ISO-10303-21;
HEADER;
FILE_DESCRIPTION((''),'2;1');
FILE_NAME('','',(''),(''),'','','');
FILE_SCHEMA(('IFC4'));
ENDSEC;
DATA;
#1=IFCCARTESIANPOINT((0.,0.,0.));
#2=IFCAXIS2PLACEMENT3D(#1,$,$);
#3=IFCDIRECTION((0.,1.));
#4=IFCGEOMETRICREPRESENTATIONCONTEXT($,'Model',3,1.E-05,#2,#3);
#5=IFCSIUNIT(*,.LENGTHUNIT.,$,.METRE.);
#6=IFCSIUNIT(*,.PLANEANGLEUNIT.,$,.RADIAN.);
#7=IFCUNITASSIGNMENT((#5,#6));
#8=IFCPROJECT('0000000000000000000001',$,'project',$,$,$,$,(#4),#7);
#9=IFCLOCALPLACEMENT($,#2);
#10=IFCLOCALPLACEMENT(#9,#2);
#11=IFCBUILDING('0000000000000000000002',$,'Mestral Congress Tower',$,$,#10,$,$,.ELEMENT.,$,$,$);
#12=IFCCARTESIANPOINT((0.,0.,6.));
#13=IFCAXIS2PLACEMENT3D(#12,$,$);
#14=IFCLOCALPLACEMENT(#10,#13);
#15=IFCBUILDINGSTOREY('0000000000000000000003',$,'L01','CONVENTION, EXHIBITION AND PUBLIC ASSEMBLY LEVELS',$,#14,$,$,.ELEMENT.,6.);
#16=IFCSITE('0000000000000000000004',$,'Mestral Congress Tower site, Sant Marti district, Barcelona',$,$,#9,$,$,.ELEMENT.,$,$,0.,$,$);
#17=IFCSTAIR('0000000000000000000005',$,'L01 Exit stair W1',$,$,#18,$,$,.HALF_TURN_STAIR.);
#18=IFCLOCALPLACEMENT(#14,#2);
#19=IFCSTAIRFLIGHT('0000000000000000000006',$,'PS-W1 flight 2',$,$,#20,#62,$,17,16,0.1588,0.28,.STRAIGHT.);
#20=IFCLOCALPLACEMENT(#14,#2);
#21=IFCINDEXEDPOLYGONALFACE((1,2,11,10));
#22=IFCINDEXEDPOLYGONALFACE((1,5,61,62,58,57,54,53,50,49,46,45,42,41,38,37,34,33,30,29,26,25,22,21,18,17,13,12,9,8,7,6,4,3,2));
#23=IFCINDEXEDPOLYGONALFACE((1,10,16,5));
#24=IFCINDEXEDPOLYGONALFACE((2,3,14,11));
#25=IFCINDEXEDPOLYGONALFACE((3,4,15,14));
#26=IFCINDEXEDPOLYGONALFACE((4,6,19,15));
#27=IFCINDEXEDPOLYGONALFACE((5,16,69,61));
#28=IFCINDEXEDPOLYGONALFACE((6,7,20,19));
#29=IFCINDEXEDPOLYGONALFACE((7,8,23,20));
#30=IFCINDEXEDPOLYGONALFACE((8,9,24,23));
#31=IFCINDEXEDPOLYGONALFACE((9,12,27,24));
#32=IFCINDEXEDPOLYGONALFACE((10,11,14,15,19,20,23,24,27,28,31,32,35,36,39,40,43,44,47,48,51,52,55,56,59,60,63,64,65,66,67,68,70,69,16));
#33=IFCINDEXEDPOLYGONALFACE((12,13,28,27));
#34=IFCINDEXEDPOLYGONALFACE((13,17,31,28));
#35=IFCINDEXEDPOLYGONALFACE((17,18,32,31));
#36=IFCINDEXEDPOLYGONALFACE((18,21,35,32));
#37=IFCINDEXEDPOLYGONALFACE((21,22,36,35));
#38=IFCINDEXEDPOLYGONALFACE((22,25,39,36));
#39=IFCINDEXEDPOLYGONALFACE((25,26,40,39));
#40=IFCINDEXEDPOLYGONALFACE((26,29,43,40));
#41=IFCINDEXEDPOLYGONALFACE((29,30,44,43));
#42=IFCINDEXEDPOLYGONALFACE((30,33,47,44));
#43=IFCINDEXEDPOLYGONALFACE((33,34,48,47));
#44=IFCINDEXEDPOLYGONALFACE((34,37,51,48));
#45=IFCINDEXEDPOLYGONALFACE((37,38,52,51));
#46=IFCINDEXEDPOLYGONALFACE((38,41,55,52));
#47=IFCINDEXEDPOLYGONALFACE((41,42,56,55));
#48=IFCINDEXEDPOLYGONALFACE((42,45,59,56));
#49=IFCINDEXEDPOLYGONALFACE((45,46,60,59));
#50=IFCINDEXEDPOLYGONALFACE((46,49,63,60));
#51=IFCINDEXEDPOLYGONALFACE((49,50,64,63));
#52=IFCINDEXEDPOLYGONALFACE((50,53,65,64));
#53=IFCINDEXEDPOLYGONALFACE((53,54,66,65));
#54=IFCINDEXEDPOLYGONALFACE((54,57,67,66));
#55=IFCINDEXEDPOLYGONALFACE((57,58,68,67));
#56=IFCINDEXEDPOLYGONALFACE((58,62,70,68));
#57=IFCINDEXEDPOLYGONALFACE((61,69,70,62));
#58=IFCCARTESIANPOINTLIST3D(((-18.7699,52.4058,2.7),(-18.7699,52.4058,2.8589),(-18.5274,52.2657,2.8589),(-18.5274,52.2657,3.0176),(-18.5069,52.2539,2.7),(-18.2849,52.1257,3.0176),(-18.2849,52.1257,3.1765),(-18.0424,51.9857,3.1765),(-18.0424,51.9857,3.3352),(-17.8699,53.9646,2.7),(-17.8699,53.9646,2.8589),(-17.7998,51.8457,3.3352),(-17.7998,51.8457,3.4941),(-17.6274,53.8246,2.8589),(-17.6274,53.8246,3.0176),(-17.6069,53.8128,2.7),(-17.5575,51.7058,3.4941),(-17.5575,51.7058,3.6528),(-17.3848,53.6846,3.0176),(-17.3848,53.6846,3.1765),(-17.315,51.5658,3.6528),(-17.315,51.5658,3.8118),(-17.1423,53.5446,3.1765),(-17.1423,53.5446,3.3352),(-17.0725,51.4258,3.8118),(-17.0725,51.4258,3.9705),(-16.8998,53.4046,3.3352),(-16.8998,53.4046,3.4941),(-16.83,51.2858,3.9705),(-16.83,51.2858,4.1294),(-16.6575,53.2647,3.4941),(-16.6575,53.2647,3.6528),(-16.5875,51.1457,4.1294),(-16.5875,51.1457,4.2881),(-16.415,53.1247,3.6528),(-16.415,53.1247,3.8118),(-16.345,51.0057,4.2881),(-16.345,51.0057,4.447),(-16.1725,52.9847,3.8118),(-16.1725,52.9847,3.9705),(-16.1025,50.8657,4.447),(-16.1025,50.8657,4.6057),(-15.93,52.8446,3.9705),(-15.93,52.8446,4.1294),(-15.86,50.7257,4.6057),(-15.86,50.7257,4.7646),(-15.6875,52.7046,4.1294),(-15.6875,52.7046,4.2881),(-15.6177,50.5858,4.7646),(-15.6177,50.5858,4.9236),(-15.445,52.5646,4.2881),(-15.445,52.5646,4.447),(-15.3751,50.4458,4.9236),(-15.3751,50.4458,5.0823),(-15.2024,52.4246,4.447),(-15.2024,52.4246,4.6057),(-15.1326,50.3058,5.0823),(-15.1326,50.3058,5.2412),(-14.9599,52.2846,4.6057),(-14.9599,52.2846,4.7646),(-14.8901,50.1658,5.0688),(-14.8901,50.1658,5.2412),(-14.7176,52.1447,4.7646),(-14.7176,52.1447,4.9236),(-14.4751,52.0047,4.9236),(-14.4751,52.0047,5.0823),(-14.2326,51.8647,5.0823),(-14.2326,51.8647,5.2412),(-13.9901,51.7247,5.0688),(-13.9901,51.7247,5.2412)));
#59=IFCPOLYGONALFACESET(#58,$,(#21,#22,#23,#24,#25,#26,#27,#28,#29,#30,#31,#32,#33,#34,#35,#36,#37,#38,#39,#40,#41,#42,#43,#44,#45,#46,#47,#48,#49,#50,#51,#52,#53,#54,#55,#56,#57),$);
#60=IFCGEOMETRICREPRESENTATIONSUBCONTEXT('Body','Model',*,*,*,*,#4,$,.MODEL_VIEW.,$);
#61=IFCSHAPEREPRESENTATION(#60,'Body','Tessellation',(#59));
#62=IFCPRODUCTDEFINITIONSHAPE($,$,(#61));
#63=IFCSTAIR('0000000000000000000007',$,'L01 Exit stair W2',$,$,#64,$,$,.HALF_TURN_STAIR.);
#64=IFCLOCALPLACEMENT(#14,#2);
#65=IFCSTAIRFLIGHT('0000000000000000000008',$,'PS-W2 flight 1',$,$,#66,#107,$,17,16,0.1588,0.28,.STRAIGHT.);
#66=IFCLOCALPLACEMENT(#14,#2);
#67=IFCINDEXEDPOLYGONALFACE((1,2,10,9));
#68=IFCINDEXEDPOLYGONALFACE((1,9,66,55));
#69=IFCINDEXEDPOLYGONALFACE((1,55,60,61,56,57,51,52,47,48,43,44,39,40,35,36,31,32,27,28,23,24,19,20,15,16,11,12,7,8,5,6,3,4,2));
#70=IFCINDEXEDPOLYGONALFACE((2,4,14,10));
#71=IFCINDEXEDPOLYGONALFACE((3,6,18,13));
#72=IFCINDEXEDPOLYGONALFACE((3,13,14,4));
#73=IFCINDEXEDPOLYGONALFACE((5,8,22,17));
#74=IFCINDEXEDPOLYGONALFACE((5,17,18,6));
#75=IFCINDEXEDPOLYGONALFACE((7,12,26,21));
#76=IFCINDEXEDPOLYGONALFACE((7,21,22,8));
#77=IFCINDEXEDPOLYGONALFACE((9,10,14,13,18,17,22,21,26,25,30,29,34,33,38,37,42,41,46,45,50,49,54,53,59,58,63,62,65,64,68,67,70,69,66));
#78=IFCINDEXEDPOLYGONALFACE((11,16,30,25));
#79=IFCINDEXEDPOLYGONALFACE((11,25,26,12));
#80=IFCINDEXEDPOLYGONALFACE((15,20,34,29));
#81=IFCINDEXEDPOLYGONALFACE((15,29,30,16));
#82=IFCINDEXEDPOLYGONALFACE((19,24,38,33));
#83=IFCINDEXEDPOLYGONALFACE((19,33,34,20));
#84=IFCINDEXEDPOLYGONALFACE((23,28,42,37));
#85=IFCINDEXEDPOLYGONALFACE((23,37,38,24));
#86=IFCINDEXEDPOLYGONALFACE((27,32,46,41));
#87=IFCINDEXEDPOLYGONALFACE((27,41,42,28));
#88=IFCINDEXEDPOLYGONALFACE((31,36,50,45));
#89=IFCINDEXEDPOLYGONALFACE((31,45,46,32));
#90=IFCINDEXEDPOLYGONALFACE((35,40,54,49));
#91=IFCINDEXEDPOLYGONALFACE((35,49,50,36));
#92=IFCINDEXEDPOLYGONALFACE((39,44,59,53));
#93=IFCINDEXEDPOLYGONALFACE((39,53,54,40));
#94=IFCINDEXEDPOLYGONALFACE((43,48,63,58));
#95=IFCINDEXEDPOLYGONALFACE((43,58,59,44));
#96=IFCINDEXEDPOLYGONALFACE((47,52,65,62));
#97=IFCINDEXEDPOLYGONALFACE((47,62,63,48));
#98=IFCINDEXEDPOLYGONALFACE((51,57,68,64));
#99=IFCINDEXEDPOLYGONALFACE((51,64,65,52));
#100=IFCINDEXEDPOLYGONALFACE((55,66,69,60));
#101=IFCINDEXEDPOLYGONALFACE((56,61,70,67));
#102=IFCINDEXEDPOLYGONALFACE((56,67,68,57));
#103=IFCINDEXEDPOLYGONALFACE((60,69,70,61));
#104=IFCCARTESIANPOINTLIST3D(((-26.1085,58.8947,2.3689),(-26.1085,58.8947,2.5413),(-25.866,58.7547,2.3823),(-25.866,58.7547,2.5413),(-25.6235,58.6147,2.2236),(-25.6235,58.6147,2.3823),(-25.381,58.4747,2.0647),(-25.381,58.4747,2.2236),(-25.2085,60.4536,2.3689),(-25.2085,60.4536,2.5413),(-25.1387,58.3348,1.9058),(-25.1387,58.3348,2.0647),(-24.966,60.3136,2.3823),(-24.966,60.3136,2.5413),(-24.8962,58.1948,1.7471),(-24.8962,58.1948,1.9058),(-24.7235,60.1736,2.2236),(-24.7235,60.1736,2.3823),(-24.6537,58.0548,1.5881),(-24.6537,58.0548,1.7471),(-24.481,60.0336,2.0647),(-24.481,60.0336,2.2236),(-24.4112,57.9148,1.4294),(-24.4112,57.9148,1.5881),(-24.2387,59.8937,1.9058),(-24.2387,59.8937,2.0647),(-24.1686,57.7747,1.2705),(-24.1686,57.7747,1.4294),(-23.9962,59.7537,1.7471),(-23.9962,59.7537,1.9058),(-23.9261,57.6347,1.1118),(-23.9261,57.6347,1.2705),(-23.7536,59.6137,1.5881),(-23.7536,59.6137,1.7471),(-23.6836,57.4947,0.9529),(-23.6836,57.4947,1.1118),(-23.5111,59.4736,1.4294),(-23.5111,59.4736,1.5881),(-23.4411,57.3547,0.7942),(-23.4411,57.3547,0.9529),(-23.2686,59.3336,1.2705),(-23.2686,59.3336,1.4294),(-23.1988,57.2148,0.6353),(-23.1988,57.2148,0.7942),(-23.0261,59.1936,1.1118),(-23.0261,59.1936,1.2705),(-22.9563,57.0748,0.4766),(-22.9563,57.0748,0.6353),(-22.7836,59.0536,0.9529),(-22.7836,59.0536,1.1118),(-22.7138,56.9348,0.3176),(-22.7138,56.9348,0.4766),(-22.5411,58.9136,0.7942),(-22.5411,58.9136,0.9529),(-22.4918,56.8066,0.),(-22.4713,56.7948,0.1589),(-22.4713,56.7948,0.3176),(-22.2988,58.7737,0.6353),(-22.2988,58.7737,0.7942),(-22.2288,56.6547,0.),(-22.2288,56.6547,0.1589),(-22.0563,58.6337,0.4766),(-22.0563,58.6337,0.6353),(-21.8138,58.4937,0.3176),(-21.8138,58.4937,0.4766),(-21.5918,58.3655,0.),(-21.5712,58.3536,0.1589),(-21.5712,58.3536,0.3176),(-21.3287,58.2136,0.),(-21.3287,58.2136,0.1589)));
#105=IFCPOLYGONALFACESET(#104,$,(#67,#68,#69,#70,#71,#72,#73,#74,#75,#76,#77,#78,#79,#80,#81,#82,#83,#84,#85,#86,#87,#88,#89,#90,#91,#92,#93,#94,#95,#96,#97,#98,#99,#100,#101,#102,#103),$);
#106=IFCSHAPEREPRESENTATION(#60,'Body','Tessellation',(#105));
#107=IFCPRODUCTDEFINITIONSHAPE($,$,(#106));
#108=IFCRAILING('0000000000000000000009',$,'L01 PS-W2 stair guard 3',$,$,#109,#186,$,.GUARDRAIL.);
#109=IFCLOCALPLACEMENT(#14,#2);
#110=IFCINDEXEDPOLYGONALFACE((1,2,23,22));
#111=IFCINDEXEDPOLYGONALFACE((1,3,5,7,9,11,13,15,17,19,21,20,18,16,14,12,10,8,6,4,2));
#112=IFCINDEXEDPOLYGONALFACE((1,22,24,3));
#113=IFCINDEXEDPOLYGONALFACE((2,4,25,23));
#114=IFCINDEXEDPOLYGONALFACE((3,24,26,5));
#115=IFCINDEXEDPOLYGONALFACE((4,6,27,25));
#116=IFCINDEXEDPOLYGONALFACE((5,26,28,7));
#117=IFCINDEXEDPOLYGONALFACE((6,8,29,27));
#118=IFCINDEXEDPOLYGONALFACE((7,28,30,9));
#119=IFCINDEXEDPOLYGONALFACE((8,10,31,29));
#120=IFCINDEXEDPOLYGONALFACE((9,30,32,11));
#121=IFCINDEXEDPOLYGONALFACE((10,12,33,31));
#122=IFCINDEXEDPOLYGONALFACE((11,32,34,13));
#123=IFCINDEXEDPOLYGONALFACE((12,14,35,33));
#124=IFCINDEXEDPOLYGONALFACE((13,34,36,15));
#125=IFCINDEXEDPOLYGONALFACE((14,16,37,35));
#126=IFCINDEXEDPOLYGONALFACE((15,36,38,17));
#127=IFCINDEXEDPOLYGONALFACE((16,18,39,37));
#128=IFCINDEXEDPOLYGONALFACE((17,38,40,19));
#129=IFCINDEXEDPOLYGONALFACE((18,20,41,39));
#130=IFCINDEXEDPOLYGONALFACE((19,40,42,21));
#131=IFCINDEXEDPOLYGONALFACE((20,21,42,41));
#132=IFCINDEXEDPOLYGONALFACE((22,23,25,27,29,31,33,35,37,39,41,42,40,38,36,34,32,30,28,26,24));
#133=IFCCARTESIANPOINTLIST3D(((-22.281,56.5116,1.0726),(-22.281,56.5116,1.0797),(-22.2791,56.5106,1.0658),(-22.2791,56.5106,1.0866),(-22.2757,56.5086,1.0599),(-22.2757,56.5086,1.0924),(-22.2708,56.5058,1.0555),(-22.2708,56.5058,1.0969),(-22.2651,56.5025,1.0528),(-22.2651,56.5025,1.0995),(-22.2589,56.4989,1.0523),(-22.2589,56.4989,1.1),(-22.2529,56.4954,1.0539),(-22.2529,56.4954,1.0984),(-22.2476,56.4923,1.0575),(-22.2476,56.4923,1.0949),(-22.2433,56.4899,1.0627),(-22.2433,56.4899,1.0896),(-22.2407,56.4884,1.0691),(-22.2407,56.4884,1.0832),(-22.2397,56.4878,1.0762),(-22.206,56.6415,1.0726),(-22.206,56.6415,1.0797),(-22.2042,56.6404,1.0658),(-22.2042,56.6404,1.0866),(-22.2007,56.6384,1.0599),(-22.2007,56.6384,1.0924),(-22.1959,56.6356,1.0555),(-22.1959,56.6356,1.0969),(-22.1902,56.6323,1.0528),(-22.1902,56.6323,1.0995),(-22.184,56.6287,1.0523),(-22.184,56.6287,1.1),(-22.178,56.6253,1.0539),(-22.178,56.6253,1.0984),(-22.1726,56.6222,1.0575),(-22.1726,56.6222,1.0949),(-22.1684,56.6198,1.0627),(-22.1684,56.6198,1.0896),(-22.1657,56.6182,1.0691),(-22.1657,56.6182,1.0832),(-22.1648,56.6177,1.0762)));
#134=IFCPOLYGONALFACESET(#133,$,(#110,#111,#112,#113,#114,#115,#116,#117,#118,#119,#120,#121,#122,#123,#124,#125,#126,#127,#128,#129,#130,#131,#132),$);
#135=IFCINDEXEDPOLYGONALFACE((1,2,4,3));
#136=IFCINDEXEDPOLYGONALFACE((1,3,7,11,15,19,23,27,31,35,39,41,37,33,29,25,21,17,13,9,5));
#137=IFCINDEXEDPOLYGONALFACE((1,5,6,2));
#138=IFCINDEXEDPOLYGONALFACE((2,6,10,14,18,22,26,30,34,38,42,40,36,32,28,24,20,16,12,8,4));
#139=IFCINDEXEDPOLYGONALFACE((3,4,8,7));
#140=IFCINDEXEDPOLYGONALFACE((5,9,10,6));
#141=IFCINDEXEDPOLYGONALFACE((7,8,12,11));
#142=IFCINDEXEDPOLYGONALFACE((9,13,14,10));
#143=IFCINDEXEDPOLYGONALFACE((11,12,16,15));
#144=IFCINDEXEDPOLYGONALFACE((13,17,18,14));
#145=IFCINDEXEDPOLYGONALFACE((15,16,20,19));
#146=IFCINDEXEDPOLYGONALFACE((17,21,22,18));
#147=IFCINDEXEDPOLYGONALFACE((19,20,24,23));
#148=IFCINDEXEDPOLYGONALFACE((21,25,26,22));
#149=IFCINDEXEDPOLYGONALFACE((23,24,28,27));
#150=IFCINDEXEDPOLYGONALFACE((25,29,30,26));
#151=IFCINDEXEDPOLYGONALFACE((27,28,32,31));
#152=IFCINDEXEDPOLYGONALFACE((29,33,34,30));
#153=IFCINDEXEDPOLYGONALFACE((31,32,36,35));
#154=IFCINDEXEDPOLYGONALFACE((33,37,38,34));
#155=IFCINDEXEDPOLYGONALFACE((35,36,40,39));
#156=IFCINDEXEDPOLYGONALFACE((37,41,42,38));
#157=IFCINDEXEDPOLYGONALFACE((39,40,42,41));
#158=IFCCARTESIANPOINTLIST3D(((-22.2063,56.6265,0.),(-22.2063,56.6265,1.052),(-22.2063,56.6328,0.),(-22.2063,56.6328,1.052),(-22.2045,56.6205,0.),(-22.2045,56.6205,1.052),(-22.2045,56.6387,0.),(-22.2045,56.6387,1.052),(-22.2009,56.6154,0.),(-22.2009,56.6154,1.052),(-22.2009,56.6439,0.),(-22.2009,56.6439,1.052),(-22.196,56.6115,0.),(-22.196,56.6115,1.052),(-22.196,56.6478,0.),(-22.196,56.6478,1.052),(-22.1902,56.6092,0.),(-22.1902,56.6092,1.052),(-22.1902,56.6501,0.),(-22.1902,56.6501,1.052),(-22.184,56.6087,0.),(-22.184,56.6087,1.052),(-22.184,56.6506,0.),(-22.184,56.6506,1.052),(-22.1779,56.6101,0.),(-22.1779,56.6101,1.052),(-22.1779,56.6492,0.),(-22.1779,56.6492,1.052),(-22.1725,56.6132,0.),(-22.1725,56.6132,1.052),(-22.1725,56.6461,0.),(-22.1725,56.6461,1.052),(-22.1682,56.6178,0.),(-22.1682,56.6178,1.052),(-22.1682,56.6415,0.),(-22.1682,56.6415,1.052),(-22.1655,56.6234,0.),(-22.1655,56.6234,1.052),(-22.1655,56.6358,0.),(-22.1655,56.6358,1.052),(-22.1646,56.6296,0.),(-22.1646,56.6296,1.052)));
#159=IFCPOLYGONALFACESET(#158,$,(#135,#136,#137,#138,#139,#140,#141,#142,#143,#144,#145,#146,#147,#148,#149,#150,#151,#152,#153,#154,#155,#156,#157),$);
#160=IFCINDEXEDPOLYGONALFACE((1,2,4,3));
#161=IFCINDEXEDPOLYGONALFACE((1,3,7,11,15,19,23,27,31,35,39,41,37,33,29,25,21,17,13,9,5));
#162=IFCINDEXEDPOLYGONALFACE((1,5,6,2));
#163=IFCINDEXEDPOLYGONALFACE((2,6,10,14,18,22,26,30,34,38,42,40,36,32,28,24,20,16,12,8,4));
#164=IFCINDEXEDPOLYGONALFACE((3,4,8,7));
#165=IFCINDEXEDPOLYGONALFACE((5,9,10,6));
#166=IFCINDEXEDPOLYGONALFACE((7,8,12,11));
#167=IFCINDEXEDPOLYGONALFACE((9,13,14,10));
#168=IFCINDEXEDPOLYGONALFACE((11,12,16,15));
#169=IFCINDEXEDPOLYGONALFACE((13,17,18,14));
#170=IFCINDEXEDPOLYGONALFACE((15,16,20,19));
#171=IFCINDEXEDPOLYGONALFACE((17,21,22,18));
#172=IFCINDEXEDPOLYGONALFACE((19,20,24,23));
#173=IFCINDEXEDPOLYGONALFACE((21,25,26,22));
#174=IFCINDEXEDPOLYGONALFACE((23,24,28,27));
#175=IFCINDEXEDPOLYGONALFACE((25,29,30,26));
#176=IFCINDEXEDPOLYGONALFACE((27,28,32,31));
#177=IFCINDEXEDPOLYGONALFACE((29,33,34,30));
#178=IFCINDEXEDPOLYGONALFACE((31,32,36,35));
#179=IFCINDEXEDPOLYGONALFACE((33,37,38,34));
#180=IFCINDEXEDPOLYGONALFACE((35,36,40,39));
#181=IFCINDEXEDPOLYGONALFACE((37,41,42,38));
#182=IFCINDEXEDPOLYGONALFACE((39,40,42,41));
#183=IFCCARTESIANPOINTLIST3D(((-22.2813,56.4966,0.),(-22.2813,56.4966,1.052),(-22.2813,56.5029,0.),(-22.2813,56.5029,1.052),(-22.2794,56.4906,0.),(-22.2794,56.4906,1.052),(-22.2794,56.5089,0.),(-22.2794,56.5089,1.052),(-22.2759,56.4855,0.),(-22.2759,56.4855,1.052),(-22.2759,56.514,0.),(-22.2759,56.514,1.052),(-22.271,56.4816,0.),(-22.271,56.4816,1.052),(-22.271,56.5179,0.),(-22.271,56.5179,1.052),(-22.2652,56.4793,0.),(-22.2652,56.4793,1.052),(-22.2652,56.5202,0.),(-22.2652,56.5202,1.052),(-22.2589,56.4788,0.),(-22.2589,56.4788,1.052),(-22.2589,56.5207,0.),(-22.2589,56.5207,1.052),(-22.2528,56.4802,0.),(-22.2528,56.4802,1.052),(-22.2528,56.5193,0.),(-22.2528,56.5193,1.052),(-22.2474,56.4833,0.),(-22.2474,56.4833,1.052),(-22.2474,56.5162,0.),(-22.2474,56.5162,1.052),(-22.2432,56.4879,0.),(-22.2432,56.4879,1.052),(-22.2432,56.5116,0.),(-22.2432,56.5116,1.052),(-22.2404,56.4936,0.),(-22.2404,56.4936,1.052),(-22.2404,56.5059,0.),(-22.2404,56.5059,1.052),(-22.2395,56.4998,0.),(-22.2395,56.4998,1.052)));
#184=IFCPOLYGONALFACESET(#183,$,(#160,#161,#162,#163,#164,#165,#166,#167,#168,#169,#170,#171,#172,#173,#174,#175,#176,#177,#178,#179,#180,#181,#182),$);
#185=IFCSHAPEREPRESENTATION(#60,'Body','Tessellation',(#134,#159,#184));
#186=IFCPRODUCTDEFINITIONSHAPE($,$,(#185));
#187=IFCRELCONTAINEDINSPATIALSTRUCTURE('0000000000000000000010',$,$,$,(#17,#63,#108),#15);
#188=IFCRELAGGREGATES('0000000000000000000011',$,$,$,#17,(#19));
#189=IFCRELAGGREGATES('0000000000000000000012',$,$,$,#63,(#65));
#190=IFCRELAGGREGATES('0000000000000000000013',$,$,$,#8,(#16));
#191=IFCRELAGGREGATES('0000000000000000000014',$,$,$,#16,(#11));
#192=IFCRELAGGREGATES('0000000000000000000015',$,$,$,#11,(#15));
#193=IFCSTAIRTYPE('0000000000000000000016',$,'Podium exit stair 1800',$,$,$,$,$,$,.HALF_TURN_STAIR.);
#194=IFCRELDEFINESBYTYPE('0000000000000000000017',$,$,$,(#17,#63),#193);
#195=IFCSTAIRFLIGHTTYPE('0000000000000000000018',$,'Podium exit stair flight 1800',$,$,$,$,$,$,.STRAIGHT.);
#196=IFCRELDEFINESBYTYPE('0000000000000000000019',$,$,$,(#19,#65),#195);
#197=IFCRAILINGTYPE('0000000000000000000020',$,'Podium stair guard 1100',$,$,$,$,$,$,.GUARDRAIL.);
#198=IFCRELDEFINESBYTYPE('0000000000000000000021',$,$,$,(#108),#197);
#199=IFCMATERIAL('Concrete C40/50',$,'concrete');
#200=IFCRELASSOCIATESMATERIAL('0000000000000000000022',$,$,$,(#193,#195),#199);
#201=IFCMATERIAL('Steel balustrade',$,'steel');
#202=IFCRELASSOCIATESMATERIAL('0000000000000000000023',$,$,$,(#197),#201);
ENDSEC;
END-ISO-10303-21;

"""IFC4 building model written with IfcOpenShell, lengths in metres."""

from ifc_helpers import new_model, si_unit, direction, frame, origin, origin_2d, place, context, subcontext, project, spatial, polyline, circle, outline, extrude, material, type_object, element, aggregate, save


model = new_model("IFC4")

# Units and contexts
model_context = context("Model", 3, precision=1e-05, world=origin(), true_north=direction((0.0, 1.0)))
body_context = subcontext(model_context, "Body", "Model", "MODEL_VIEW")
ifc_project = project(units=[si_unit("LENGTHUNIT", "METRE"), si_unit("PLANEANGLEUNIT", "RADIAN")], contexts=[model_context])

# Site, building, storey
site_placement = place(None, origin())
site = spatial("IfcSite", under=ifc_project, at=site_placement, Name="Mestral Congress Tower site, Sant Marti district, Barcelona", CompositionType="ELEMENT", RefElevation=0.0)
building_placement = place(site_placement, origin())
building = spatial("IfcBuilding", under=site, at=building_placement, Name="Mestral Congress Tower", CompositionType="ELEMENT")
storey_placement = place(building_placement, frame((0.0, 0.0, 6.0)))
storey = spatial("IfcBuildingStorey", under=building, at=storey_placement, Name="L01", Description="CONVENTION, EXHIBITION AND PUBLIC ASSEMBLY LEVELS", CompositionType="ELEMENT", Elevation=6.0)

# Stairs, stair flights
ifc_material_1 = material(Name="Concrete C40/50", Category="concrete")
stair_type = type_object("IfcStairType", Name="Podium exit stair 1800", PredefinedType="HALF_TURN_STAIR", material=ifc_material_1)
placement = place(storey_placement, origin())
stair_1 = element("IfcStair", 1, at=placement, inside=storey, type_object=stair_type, Name="L01 Exit stair W1", PredefinedType="HALF_TURN_STAIR")
stair_flight_type = type_object("IfcStairFlightType", Name="Podium exit stair flight 1800", PredefinedType="STRAIGHT", material=ifc_material_1)
stair_flight_1_placement = place(storey_placement, frame((-18.3198, 53.1853, 2.7), z_axis=(0.0, 0.0, 1.0), x_axis=(0.866025, -0.5, 0.0)))
stair_flight_1 = element("IfcStairFlight", 2, at=stair_flight_1_placement, type_object=stair_flight_type, Name="PS-W1 flight 2", NumberOfRisers=17, NumberOfTreads=16, PredefinedType="STRAIGHT", RiserHeight=0.1588, TreadLength=0.28, context=body_context, shape_type="SweptSolid", body=[
    extrude(outline(polyline([(0.0, 0.0), (0.0, 0.1589), (0.28, 0.1589), (0.28, 0.3176), (0.5601, 0.3176), (0.5601, 0.4766), (0.8401, 0.4766), (0.8401, 0.6353), (1.1201, 0.6353), (1.1201, 0.7942), (1.3999, 0.7942), (1.3999, 0.9529), (1.6799, 0.9529), (1.6799, 1.1118), (1.96, 1.1118), (1.96, 1.2705), (2.24, 1.2705), (2.24, 1.4294), (2.52, 1.4294), (2.52, 1.5881), (2.8, 1.5881), (2.8, 1.7471), (3.0801, 1.7471), (3.0801, 1.9058), (3.3601, 1.9058), (3.3601, 2.0647), (3.6399, 2.0647), (3.6399, 2.2236), (3.9199, 2.2236), (3.9199, 2.3823), (4.2, 2.3823), (4.2, 2.5413), (4.48, 2.5413), (4.48, 2.7), (4.48, 2.3689), (0.3037, 0.0), (0.0, 0.0)])), frame((0.0, 0.8999, 0.0), z_axis=(0.0, -1.0, 0.0), x_axis=(1.0, 0.0, 0.0)), (0.0, 0.0, 1.0), 1.8),
])
aggregate(stair_1, [stair_flight_1])
stair_2 = element("IfcStair", 3, at=placement, inside=storey, type_object=stair_type, Name="L01 Exit stair W2", PredefinedType="HALF_TURN_STAIR")
stair_flight_2_placement = place(storey_placement, frame((-21.7788, 57.4341, 0.0), z_axis=(0.0, 0.0, 1.0), x_axis=(-0.866025, 0.5, 0.0)))
stair_flight_2 = element("IfcStairFlight", 4, at=stair_flight_2_placement, type_object=stair_flight_type, Name="PS-W2 flight 1", NumberOfRisers=17, NumberOfTreads=16, PredefinedType="STRAIGHT", RiserHeight=0.1588, TreadLength=0.28, context=body_context, shape_type="SweptSolid", body=[
    extrude(outline(polyline([(0.0, 0.0), (0.0, 0.1589), (0.28, 0.1589), (0.28, 0.3176), (0.5601, 0.3176), (0.5601, 0.4766), (0.8401, 0.4766), (0.8401, 0.6353), (1.1201, 0.6353), (1.1201, 0.7942), (1.3999, 0.7942), (1.3999, 0.9529), (1.6799, 0.9529), (1.6799, 1.1118), (1.96, 1.1118), (1.96, 1.2705), (2.24, 1.2705), (2.24, 1.4294), (2.52, 1.4294), (2.52, 1.5881), (2.8, 1.5881), (2.8, 1.7471), (3.0801, 1.7471), (3.0801, 1.9058), (3.3601, 1.9058), (3.3601, 2.0647), (3.6399, 2.0647), (3.6399, 2.2236), (3.9199, 2.2236), (3.9199, 2.3823), (4.2, 2.3823), (4.2, 2.5413), (4.48, 2.5413), (4.48, 2.7), (4.48, 2.3689), (0.3037, 0.0), (0.0, 0.0)])), frame((0.0, 0.8999, 0.0), z_axis=(0.0, -1.0, 0.0), x_axis=(1.0, 0.0, 0.0)), (0.0, 0.0, 1.0), 1.8),
])
aggregate(stair_2, [stair_flight_2])

# Railing
ifc_material_2 = material(Name="Steel balustrade", Category="steel")
railing_type_1 = type_object("IfcRailingType", Name="Podium stair guard 1100", PredefinedType="GUARDRAIL", material=ifc_material_2)
railing_1_placement = place(storey_placement, frame((-22.1855, 56.6296, 0.0)))
element("IfcRailing", 5, at=railing_1_placement, inside=storey, type_object=railing_type_1, Name="L01 PS-W2 stair guard 3", PredefinedType="GUARDRAIL", context=body_context, shape_type="SweptSolid", body=[
    extrude(circle(Radius=0.0239, at=origin_2d()), frame((0.0, 0.0, 1.0762), z_axis=(-0.499816, -0.866131, 0.0), x_axis=(0.866131, -0.499816, 0.0)), (0.0, 0.0, 1.0), 0.1499),
    extrude(circle(Radius=0.021, at=origin_2d()), origin(), (0.0, 0.0, 1.0), 1.052),
    extrude(circle(Radius=0.021, at=origin_2d()), frame((-0.075, -0.1299, 0.0)), (0.0, 0.0, 1.0), 1.052),
])

save(model, "model.ifc")
